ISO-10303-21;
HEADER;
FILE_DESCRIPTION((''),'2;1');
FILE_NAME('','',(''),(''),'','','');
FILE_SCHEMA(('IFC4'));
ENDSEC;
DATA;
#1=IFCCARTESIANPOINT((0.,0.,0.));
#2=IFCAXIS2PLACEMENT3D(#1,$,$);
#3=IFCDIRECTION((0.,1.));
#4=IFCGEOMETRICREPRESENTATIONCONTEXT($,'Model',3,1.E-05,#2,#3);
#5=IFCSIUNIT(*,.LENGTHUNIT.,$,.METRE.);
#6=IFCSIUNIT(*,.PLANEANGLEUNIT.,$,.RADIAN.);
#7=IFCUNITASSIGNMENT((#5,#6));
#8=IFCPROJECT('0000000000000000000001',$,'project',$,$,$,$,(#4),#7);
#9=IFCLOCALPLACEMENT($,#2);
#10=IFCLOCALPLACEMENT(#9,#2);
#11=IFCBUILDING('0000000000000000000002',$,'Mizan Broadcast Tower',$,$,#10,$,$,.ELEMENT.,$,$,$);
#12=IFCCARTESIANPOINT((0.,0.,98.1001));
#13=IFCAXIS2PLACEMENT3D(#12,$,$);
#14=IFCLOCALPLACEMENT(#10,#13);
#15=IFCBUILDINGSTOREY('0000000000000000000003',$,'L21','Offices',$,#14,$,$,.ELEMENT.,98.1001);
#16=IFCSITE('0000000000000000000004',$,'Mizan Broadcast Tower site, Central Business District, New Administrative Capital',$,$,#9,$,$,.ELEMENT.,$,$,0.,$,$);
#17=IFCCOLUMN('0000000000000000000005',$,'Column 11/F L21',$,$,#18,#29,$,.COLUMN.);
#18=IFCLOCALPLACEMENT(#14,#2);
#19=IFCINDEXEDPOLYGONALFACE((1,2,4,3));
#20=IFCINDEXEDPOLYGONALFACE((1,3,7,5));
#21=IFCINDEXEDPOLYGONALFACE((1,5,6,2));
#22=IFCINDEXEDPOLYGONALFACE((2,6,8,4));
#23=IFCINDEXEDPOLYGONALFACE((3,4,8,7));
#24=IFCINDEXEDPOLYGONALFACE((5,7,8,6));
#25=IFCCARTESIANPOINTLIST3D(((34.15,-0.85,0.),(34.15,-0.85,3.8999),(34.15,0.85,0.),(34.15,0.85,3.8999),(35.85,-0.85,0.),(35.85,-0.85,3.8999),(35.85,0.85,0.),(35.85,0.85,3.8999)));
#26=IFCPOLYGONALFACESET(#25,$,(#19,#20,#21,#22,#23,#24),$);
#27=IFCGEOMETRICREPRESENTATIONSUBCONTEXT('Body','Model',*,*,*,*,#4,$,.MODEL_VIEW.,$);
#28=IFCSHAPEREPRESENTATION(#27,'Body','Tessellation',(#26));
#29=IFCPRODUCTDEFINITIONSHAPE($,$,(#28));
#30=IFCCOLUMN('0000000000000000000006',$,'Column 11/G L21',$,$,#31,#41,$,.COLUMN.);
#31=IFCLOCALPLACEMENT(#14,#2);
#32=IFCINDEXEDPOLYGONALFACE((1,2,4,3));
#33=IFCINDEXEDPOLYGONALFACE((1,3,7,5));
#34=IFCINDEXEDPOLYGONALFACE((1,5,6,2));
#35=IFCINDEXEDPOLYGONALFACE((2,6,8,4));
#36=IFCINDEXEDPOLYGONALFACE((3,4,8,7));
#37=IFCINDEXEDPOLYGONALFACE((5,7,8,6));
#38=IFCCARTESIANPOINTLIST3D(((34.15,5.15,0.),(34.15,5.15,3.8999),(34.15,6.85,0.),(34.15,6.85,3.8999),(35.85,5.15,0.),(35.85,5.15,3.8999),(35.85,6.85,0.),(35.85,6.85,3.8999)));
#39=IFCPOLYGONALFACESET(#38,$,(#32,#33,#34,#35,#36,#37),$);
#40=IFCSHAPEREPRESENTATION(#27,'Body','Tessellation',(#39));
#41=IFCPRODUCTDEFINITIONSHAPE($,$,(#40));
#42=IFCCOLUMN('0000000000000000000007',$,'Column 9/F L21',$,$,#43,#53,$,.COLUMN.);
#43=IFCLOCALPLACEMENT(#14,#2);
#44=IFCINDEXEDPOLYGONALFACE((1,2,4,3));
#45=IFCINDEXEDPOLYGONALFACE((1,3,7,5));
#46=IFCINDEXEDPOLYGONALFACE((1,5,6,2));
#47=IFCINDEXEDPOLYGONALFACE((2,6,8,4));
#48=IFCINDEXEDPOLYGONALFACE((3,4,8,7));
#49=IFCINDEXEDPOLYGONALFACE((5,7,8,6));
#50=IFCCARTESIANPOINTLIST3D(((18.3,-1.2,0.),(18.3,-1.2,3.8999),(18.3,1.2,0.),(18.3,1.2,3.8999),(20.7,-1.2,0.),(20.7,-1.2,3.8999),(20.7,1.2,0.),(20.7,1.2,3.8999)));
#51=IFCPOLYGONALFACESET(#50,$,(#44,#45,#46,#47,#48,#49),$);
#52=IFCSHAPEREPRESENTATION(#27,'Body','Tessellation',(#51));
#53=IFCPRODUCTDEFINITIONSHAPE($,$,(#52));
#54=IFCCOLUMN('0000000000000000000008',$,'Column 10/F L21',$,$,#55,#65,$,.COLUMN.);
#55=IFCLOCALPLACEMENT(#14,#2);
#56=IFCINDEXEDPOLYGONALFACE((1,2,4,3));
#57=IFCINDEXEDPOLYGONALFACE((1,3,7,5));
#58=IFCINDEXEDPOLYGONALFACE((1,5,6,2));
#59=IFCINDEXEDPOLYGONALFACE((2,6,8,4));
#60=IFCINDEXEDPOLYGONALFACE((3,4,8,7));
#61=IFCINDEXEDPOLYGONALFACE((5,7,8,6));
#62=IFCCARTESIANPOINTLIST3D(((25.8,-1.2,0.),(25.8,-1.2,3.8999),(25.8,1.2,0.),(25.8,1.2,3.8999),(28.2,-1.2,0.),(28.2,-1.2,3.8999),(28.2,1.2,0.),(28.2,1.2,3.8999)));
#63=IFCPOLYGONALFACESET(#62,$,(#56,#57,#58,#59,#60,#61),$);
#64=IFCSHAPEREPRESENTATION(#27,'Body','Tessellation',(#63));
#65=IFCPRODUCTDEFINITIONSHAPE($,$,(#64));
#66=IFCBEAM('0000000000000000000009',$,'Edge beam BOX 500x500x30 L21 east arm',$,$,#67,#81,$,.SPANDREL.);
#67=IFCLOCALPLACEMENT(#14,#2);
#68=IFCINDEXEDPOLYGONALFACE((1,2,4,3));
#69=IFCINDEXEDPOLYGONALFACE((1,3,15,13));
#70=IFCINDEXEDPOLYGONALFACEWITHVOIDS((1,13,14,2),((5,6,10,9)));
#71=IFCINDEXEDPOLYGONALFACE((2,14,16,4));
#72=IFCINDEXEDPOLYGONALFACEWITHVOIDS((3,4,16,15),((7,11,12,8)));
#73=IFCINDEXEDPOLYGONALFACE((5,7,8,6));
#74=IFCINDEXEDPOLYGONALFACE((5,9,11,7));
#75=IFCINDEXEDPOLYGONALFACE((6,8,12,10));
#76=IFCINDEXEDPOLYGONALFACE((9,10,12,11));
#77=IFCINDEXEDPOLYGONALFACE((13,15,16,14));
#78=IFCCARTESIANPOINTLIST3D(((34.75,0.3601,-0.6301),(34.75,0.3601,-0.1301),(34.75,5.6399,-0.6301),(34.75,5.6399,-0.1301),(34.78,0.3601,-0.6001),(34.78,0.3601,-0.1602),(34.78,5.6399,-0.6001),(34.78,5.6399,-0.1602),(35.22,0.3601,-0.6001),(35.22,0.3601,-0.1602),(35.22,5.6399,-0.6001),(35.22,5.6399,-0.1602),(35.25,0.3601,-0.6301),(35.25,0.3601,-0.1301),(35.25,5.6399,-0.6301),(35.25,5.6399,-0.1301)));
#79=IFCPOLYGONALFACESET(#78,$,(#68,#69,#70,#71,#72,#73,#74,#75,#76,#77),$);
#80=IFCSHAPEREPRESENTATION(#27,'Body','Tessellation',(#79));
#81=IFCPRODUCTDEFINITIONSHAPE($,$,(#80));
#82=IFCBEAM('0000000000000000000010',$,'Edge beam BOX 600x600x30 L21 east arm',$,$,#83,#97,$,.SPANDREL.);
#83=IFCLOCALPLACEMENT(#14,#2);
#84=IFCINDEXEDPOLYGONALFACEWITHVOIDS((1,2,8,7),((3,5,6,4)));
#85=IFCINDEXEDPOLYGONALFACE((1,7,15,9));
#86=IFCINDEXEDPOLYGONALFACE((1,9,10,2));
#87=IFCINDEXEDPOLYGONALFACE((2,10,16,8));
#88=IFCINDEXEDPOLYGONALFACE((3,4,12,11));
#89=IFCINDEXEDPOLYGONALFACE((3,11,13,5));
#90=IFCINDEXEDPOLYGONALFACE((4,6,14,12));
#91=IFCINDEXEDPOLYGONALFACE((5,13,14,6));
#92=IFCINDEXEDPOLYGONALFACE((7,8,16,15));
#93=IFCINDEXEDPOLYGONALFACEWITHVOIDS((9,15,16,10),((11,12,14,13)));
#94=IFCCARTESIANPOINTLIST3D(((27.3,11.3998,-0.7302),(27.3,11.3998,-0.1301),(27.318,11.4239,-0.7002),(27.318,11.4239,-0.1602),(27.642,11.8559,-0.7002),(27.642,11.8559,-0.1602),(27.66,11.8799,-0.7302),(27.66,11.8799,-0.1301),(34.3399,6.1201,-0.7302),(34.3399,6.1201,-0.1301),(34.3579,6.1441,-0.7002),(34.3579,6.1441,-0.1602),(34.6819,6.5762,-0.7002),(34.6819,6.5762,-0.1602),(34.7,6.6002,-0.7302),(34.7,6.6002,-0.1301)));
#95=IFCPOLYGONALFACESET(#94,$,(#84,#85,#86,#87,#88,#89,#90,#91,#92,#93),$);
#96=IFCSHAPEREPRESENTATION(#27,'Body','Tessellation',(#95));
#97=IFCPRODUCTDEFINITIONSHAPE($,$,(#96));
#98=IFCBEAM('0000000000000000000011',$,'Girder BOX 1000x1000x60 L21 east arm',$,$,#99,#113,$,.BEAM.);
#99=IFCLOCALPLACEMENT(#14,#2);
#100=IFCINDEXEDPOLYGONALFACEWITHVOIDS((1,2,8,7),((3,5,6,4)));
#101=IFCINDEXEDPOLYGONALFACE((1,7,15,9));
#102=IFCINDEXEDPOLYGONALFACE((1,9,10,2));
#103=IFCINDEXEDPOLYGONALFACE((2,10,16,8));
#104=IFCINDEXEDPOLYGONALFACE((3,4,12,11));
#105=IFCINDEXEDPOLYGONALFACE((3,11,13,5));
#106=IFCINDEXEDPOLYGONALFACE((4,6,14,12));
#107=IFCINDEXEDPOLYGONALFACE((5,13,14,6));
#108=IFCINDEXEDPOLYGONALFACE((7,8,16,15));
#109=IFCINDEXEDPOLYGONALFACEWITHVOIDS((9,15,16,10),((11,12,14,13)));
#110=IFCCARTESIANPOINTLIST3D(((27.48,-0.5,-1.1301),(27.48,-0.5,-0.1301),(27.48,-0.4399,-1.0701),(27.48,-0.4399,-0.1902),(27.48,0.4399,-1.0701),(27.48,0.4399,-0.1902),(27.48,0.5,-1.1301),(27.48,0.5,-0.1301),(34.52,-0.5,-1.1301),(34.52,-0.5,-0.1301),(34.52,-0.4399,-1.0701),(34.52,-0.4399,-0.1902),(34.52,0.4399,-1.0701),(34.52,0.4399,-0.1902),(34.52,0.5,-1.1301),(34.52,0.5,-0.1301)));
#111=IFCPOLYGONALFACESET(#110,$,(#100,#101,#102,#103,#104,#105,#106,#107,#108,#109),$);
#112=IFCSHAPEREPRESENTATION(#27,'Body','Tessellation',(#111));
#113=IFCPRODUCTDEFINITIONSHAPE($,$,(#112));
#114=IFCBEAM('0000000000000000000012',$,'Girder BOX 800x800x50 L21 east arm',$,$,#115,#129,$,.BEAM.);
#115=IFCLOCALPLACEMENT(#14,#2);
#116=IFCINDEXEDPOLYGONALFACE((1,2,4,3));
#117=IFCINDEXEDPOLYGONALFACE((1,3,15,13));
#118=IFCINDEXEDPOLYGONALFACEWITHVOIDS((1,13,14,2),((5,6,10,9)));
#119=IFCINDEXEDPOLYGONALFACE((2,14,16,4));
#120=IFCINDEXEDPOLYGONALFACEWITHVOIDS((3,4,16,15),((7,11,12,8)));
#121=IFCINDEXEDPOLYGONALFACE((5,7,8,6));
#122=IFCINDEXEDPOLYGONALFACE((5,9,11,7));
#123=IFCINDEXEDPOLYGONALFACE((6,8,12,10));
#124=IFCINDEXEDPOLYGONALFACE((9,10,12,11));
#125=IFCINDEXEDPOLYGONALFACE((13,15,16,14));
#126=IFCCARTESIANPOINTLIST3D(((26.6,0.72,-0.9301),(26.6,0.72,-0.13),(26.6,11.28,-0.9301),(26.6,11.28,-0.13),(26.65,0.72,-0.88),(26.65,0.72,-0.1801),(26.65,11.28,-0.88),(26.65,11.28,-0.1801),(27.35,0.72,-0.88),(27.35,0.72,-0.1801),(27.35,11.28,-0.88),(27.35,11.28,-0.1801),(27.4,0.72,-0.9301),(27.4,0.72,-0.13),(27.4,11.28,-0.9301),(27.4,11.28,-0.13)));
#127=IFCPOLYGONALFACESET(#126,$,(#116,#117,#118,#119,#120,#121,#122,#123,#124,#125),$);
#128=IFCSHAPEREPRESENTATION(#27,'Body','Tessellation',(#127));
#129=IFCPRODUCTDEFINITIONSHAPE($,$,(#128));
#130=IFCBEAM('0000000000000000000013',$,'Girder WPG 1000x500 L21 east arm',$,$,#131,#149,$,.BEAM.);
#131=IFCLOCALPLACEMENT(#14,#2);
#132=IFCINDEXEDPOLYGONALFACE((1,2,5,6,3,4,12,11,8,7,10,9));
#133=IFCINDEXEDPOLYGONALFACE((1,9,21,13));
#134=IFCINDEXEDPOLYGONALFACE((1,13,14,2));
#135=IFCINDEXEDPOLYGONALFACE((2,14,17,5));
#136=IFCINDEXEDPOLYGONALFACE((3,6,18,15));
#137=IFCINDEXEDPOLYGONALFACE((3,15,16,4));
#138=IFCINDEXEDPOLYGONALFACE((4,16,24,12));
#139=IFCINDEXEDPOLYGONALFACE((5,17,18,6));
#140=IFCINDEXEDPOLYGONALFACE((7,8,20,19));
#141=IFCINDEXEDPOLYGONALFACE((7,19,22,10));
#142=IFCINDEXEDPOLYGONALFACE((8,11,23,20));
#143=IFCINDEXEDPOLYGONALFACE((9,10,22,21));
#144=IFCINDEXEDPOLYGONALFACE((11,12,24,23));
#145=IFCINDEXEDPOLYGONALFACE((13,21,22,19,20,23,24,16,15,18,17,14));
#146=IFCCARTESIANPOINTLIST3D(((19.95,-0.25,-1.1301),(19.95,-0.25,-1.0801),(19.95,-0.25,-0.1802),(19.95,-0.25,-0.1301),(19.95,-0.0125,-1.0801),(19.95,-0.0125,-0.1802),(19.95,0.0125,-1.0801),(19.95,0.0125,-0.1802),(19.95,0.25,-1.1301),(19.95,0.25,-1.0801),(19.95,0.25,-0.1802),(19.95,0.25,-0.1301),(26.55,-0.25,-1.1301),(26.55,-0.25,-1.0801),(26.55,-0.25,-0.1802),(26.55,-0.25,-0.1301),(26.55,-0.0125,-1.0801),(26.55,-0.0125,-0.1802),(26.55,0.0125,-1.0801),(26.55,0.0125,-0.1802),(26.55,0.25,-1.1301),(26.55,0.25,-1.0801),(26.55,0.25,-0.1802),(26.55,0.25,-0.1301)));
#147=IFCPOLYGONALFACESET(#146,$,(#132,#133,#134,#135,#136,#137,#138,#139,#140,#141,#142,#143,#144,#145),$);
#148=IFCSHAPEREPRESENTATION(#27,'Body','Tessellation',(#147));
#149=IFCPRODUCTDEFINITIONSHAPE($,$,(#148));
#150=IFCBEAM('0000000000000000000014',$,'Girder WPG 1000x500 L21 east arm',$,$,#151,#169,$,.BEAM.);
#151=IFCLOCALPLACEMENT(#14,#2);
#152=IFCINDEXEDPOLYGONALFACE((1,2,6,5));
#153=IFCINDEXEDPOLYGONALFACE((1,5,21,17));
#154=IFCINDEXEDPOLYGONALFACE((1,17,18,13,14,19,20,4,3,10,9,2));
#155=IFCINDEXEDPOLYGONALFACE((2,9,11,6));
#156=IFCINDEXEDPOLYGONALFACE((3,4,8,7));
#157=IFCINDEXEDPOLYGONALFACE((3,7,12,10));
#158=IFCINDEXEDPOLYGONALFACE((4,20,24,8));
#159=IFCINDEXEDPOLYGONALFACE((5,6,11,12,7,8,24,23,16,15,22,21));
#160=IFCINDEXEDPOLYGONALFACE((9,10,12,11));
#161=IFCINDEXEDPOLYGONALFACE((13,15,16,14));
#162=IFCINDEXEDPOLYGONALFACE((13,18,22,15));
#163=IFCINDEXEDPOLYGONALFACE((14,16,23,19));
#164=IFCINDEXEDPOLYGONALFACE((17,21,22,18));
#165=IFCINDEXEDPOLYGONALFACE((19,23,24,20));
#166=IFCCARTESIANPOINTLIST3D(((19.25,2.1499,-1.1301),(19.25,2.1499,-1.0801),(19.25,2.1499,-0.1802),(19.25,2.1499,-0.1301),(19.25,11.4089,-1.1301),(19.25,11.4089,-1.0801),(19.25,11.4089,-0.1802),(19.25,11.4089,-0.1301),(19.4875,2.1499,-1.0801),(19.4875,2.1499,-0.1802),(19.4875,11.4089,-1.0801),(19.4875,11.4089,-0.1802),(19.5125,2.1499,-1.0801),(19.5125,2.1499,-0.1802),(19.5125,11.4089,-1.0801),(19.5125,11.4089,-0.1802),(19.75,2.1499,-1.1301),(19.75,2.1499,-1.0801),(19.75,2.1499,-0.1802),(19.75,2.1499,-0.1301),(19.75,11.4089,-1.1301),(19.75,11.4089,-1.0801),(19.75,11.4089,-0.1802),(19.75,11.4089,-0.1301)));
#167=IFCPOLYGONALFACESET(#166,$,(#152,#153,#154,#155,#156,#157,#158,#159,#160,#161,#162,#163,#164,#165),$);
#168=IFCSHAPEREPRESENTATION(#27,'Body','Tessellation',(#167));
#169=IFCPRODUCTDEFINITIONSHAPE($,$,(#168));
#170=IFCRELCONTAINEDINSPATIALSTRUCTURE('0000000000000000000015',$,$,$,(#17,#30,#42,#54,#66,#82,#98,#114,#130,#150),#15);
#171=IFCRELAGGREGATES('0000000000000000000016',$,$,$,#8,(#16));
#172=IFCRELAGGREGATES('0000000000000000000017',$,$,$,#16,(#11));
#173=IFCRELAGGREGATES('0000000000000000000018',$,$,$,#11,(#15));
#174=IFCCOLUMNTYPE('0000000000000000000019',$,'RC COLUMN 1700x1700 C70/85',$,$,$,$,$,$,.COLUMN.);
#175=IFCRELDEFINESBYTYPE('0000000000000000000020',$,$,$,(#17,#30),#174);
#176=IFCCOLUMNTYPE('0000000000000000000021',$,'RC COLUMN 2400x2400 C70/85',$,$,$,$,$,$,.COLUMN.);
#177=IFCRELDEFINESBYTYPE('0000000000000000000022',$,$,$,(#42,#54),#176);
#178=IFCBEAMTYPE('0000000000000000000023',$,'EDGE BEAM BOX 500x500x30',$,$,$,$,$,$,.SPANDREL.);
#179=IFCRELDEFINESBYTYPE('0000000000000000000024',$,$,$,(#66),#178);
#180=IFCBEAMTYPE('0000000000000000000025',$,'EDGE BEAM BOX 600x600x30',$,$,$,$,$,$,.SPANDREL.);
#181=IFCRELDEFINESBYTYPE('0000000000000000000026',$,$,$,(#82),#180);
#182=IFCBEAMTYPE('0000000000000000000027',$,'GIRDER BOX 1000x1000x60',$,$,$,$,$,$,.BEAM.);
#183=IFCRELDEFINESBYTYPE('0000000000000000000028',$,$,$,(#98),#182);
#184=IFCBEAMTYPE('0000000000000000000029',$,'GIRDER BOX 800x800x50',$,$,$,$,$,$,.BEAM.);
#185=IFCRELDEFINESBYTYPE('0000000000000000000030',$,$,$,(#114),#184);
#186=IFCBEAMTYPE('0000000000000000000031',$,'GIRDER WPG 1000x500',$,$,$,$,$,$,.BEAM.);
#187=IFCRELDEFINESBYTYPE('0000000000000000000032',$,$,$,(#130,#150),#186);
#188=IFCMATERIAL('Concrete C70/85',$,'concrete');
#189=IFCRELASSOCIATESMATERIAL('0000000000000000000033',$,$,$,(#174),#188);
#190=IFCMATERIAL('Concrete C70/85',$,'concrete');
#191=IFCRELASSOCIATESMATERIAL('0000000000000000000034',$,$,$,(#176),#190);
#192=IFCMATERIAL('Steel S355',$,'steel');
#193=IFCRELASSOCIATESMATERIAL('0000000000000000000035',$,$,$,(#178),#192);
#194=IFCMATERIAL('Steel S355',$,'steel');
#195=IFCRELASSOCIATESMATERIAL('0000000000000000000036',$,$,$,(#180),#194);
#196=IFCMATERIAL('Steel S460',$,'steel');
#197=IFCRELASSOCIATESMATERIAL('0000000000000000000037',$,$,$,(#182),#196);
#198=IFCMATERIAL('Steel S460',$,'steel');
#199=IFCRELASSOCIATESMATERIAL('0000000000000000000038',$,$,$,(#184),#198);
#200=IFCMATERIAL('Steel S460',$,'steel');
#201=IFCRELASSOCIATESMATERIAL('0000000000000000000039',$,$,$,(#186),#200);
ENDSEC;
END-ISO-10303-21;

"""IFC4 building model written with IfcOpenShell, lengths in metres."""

from ifc_helpers import new_model, si_unit, direction, frame, origin, origin_2d, place, context, subcontext, project, spatial, rectangle, hollow_rectangle, i_section, extrude, material, material_profile, profile_set, type_object, element, save


model = new_model("IFC4")

# Units and contexts
model_context = context("Model", 3, precision=1e-05, world=origin(), true_north=direction((0.0, 1.0)))
body_context = subcontext(model_context, "Body", "Model", "MODEL_VIEW")
ifc_project = project(units=[si_unit("LENGTHUNIT", "METRE"), si_unit("PLANEANGLEUNIT", "RADIAN")], contexts=[model_context])

# Site, building, storey
site_placement = place(None, origin())
site = spatial("IfcSite", under=ifc_project, at=site_placement, Name="Mizan Broadcast Tower site, Central Business District, New Administrative Capital", CompositionType="ELEMENT", RefElevation=0.0)
building_placement = place(site_placement, origin())
building = spatial("IfcBuilding", under=site, at=building_placement, Name="Mizan Broadcast Tower", CompositionType="ELEMENT")
storey_placement = place(building_placement, frame((0.0, 0.0, 98.1001)))
storey = spatial("IfcBuildingStorey", under=building, at=storey_placement, Name="L21", Description="Offices", CompositionType="ELEMENT", Elevation=98.1001)

# Columns
ifc_material_1 = material(Name="Concrete C70/85", Category="concrete")
ifc_material_profile_1 = material_profile(ifc_material_1, rectangle(XDim=1.7, YDim=1.7, at=origin_2d()), Name="RC 1700x1700")
ifc_profile_set_1 = profile_set([ifc_material_profile_1], Name="Concrete C70/85")
column_type_1 = type_object("IfcColumnType", Name="RC COLUMN 1700x1700 C70/85", PredefinedType="COLUMN", material=ifc_profile_set_1)
for number, where, z_axis, x_axis, name in (
    (1, (35.0, 0.0, 0.0), (0.0, 0.0, 1.0), (1.0, 0.0, 0.0), "Column 11/F L21"),
    (2, (35.0, 6.0, 0.0), (0.0, 0.0, 1.0), (1.0, 0.0, 0.0), "Column 11/G L21"),
):
    element("IfcColumn", number, at=place(storey_placement, frame(where, z_axis=z_axis, x_axis=x_axis)), inside=storey, type_object=column_type_1, Name=name, PredefinedType="COLUMN", context=body_context, shape_type="SweptSolid", body=[
        extrude(rectangle(XDim=1.7, YDim=1.7, at=origin_2d()), origin(), (0.0, 0.0, 1.0), 3.8999),
    ])
ifc_material_2 = material(Name="Concrete C70/85", Category="concrete")
ifc_material_profile_2 = material_profile(ifc_material_2, rectangle(XDim=2.3999, YDim=2.3999, at=origin_2d()), Name="RC 2400x2400")
ifc_profile_set_2 = profile_set([ifc_material_profile_2], Name="Concrete C70/85")
column_type_2 = type_object("IfcColumnType", Name="RC COLUMN 2400x2400 C70/85", PredefinedType="COLUMN", material=ifc_profile_set_2)
for number, where, z_axis, x_axis, name in (
    (3, (19.5, 0.0, 0.0), (0.0, 0.0, 1.0), (1.0, 0.0, 0.0), "Column 9/F L21"),
    (4, (27.0, 0.0, 0.0), (0.0, 0.0, 1.0), (1.0, 0.0, 0.0), "Column 10/F L21"),
):
    element("IfcColumn", number, at=place(storey_placement, frame(where, z_axis=z_axis, x_axis=x_axis)), inside=storey, type_object=column_type_2, Name=name, PredefinedType="COLUMN", context=body_context, shape_type="SweptSolid", body=[
        extrude(rectangle(XDim=2.3999, YDim=2.3999, at=origin_2d()), origin(), (0.0, 0.0, 1.0), 3.8999),
    ])

# Beams
ifc_material_3 = material(Name="Steel S355", Category="steel")
ifc_material_profile_3 = material_profile(ifc_material_3, hollow_rectangle(XDim=0.5, YDim=0.5, WallThickness=0.03, at=origin_2d()), Name="BOX 500x500x30")
ifc_profile_set_3 = profile_set([ifc_material_profile_3], Name="Steel S355")
beam_type_1 = type_object("IfcBeamType", Name="EDGE BEAM BOX 500x500x30", PredefinedType="SPANDREL", material=ifc_profile_set_3)
beam_1_placement = place(storey_placement, frame((35.0, 5.6399, -0.3801), z_axis=(0.0, -1.0, 0.0), x_axis=(1.0, 0.0, 0.0)))
element("IfcBeam", 5, at=beam_1_placement, inside=storey, type_object=beam_type_1, Name="Edge beam BOX 500x500x30 L21 east arm", PredefinedType="SPANDREL", context=body_context, shape_type="SweptSolid", body=[
    extrude(hollow_rectangle(XDim=0.5, YDim=0.5, WallThickness=0.03, at=origin_2d()), origin(), (0.0, 0.0, 1.0), 5.2798),
])
ifc_material_4 = material(Name="Steel S355", Category="steel")
ifc_material_profile_4 = material_profile(ifc_material_4, hollow_rectangle(XDim=0.6001, YDim=0.6001, WallThickness=0.03, at=origin_2d()), Name="BOX 600x600x30")
ifc_profile_set_4 = profile_set([ifc_material_profile_4], Name="Steel S355")
beam_type_2 = type_object("IfcBeamType", Name="EDGE BEAM BOX 600x600x30", PredefinedType="SPANDREL", material=ifc_profile_set_4)
beam_2_placement = place(storey_placement, frame((27.48, 11.6399, -0.4302), z_axis=(0.800013, -0.599982, 0.0), x_axis=(0.599982, 0.800013, 0.0)))
element("IfcBeam", 6, at=beam_2_placement, inside=storey, type_object=beam_type_2, Name="Edge beam BOX 600x600x30 L21 east arm", PredefinedType="SPANDREL", context=body_context, shape_type="SweptSolid", body=[
    extrude(hollow_rectangle(XDim=0.6001, YDim=0.6001, WallThickness=0.03, at=origin_2d()), origin(), (0.0, 0.0, 1.0), 8.7998),
])
ifc_material_5 = material(Name="Steel S460", Category="steel")
ifc_material_profile_5 = material_profile(ifc_material_5, hollow_rectangle(XDim=1.0, YDim=1.0, WallThickness=0.0601, at=origin_2d()), Name="BOX 1000x1000x60")
ifc_profile_set_5 = profile_set([ifc_material_profile_5], Name="Steel S460")
beam_type_3 = type_object("IfcBeamType", Name="GIRDER BOX 1000x1000x60", PredefinedType="BEAM", material=ifc_profile_set_5)
beam_3_placement = place(storey_placement, frame((27.48, 0.0, -0.6301), z_axis=(1.0, 0.0, 0.0), x_axis=(0.0, 1.0, 0.0)))
element("IfcBeam", 7, at=beam_3_placement, inside=storey, type_object=beam_type_3, Name="Girder BOX 1000x1000x60 L21 east arm", PredefinedType="BEAM", context=body_context, shape_type="SweptSolid", body=[
    extrude(hollow_rectangle(XDim=1.0, YDim=1.0, WallThickness=0.0601, at=origin_2d()), origin(), (0.0, 0.0, 1.0), 7.04),
])
ifc_material_6 = material(Name="Steel S460", Category="steel")
ifc_material_profile_6 = material_profile(ifc_material_6, hollow_rectangle(XDim=0.8, YDim=0.8, WallThickness=0.05, at=origin_2d()), Name="BOX 800x800x50")
ifc_profile_set_6 = profile_set([ifc_material_profile_6], Name="Steel S460")
beam_type_4 = type_object("IfcBeamType", Name="GIRDER BOX 800x800x50", PredefinedType="BEAM", material=ifc_profile_set_6)
beam_4_placement = place(storey_placement, frame((27.0, 11.28, -0.53), z_axis=(0.0, -1.0, 0.0), x_axis=(1.0, 0.0, 0.0)))
element("IfcBeam", 8, at=beam_4_placement, inside=storey, type_object=beam_type_4, Name="Girder BOX 800x800x50 L21 east arm", PredefinedType="BEAM", context=body_context, shape_type="SweptSolid", body=[
    extrude(hollow_rectangle(XDim=0.8, YDim=0.8, WallThickness=0.05, at=origin_2d()), origin(), (0.0, 0.0, 1.0), 10.5601),
])
ifc_material_7 = material(Name="Steel S460", Category="steel")
ifc_material_profile_7 = material_profile(ifc_material_7, i_section(OverallWidth=0.5, OverallDepth=1.0, WebThickness=0.0249, FlangeThickness=0.05, at=origin_2d()), Name="WPG 1000x500")
ifc_profile_set_7 = profile_set([ifc_material_profile_7], Name="Steel S460")
beam_type_5 = type_object("IfcBeamType", Name="GIRDER WPG 1000x500", PredefinedType="BEAM", material=ifc_profile_set_7)
beam_5_placement = place(storey_placement, frame((19.95, 0.0, -0.6301), z_axis=(1.0, 0.0, 0.0), x_axis=(0.0, 1.0, 0.0)))
element("IfcBeam", 9, at=beam_5_placement, inside=storey, type_object=beam_type_5, Name="Girder WPG 1000x500 L21 east arm", PredefinedType="BEAM", context=body_context, shape_type="SweptSolid", body=[
    extrude(i_section(OverallWidth=0.5, OverallDepth=1.0, WebThickness=0.0249, FlangeThickness=0.05, at=origin_2d()), origin(), (0.0, 0.0, 1.0), 6.6001),
])
beam_6_placement = place(storey_placement, frame((19.5, 11.4089, -0.6301), z_axis=(0.0, -1.0, 0.0), x_axis=(1.0, 0.0, 0.0)))
element("IfcBeam", 10, at=beam_6_placement, inside=storey, type_object=beam_type_5, Name="Girder WPG 1000x500 L21 east arm", PredefinedType="BEAM", context=body_context, shape_type="SweptSolid", body=[
    extrude(i_section(OverallWidth=0.5, OverallDepth=1.0, WebThickness=0.0249, FlangeThickness=0.05, at=origin_2d()), origin(), (0.0, 0.0, 1.0), 9.259),
])

save(model, "model.ifc")
